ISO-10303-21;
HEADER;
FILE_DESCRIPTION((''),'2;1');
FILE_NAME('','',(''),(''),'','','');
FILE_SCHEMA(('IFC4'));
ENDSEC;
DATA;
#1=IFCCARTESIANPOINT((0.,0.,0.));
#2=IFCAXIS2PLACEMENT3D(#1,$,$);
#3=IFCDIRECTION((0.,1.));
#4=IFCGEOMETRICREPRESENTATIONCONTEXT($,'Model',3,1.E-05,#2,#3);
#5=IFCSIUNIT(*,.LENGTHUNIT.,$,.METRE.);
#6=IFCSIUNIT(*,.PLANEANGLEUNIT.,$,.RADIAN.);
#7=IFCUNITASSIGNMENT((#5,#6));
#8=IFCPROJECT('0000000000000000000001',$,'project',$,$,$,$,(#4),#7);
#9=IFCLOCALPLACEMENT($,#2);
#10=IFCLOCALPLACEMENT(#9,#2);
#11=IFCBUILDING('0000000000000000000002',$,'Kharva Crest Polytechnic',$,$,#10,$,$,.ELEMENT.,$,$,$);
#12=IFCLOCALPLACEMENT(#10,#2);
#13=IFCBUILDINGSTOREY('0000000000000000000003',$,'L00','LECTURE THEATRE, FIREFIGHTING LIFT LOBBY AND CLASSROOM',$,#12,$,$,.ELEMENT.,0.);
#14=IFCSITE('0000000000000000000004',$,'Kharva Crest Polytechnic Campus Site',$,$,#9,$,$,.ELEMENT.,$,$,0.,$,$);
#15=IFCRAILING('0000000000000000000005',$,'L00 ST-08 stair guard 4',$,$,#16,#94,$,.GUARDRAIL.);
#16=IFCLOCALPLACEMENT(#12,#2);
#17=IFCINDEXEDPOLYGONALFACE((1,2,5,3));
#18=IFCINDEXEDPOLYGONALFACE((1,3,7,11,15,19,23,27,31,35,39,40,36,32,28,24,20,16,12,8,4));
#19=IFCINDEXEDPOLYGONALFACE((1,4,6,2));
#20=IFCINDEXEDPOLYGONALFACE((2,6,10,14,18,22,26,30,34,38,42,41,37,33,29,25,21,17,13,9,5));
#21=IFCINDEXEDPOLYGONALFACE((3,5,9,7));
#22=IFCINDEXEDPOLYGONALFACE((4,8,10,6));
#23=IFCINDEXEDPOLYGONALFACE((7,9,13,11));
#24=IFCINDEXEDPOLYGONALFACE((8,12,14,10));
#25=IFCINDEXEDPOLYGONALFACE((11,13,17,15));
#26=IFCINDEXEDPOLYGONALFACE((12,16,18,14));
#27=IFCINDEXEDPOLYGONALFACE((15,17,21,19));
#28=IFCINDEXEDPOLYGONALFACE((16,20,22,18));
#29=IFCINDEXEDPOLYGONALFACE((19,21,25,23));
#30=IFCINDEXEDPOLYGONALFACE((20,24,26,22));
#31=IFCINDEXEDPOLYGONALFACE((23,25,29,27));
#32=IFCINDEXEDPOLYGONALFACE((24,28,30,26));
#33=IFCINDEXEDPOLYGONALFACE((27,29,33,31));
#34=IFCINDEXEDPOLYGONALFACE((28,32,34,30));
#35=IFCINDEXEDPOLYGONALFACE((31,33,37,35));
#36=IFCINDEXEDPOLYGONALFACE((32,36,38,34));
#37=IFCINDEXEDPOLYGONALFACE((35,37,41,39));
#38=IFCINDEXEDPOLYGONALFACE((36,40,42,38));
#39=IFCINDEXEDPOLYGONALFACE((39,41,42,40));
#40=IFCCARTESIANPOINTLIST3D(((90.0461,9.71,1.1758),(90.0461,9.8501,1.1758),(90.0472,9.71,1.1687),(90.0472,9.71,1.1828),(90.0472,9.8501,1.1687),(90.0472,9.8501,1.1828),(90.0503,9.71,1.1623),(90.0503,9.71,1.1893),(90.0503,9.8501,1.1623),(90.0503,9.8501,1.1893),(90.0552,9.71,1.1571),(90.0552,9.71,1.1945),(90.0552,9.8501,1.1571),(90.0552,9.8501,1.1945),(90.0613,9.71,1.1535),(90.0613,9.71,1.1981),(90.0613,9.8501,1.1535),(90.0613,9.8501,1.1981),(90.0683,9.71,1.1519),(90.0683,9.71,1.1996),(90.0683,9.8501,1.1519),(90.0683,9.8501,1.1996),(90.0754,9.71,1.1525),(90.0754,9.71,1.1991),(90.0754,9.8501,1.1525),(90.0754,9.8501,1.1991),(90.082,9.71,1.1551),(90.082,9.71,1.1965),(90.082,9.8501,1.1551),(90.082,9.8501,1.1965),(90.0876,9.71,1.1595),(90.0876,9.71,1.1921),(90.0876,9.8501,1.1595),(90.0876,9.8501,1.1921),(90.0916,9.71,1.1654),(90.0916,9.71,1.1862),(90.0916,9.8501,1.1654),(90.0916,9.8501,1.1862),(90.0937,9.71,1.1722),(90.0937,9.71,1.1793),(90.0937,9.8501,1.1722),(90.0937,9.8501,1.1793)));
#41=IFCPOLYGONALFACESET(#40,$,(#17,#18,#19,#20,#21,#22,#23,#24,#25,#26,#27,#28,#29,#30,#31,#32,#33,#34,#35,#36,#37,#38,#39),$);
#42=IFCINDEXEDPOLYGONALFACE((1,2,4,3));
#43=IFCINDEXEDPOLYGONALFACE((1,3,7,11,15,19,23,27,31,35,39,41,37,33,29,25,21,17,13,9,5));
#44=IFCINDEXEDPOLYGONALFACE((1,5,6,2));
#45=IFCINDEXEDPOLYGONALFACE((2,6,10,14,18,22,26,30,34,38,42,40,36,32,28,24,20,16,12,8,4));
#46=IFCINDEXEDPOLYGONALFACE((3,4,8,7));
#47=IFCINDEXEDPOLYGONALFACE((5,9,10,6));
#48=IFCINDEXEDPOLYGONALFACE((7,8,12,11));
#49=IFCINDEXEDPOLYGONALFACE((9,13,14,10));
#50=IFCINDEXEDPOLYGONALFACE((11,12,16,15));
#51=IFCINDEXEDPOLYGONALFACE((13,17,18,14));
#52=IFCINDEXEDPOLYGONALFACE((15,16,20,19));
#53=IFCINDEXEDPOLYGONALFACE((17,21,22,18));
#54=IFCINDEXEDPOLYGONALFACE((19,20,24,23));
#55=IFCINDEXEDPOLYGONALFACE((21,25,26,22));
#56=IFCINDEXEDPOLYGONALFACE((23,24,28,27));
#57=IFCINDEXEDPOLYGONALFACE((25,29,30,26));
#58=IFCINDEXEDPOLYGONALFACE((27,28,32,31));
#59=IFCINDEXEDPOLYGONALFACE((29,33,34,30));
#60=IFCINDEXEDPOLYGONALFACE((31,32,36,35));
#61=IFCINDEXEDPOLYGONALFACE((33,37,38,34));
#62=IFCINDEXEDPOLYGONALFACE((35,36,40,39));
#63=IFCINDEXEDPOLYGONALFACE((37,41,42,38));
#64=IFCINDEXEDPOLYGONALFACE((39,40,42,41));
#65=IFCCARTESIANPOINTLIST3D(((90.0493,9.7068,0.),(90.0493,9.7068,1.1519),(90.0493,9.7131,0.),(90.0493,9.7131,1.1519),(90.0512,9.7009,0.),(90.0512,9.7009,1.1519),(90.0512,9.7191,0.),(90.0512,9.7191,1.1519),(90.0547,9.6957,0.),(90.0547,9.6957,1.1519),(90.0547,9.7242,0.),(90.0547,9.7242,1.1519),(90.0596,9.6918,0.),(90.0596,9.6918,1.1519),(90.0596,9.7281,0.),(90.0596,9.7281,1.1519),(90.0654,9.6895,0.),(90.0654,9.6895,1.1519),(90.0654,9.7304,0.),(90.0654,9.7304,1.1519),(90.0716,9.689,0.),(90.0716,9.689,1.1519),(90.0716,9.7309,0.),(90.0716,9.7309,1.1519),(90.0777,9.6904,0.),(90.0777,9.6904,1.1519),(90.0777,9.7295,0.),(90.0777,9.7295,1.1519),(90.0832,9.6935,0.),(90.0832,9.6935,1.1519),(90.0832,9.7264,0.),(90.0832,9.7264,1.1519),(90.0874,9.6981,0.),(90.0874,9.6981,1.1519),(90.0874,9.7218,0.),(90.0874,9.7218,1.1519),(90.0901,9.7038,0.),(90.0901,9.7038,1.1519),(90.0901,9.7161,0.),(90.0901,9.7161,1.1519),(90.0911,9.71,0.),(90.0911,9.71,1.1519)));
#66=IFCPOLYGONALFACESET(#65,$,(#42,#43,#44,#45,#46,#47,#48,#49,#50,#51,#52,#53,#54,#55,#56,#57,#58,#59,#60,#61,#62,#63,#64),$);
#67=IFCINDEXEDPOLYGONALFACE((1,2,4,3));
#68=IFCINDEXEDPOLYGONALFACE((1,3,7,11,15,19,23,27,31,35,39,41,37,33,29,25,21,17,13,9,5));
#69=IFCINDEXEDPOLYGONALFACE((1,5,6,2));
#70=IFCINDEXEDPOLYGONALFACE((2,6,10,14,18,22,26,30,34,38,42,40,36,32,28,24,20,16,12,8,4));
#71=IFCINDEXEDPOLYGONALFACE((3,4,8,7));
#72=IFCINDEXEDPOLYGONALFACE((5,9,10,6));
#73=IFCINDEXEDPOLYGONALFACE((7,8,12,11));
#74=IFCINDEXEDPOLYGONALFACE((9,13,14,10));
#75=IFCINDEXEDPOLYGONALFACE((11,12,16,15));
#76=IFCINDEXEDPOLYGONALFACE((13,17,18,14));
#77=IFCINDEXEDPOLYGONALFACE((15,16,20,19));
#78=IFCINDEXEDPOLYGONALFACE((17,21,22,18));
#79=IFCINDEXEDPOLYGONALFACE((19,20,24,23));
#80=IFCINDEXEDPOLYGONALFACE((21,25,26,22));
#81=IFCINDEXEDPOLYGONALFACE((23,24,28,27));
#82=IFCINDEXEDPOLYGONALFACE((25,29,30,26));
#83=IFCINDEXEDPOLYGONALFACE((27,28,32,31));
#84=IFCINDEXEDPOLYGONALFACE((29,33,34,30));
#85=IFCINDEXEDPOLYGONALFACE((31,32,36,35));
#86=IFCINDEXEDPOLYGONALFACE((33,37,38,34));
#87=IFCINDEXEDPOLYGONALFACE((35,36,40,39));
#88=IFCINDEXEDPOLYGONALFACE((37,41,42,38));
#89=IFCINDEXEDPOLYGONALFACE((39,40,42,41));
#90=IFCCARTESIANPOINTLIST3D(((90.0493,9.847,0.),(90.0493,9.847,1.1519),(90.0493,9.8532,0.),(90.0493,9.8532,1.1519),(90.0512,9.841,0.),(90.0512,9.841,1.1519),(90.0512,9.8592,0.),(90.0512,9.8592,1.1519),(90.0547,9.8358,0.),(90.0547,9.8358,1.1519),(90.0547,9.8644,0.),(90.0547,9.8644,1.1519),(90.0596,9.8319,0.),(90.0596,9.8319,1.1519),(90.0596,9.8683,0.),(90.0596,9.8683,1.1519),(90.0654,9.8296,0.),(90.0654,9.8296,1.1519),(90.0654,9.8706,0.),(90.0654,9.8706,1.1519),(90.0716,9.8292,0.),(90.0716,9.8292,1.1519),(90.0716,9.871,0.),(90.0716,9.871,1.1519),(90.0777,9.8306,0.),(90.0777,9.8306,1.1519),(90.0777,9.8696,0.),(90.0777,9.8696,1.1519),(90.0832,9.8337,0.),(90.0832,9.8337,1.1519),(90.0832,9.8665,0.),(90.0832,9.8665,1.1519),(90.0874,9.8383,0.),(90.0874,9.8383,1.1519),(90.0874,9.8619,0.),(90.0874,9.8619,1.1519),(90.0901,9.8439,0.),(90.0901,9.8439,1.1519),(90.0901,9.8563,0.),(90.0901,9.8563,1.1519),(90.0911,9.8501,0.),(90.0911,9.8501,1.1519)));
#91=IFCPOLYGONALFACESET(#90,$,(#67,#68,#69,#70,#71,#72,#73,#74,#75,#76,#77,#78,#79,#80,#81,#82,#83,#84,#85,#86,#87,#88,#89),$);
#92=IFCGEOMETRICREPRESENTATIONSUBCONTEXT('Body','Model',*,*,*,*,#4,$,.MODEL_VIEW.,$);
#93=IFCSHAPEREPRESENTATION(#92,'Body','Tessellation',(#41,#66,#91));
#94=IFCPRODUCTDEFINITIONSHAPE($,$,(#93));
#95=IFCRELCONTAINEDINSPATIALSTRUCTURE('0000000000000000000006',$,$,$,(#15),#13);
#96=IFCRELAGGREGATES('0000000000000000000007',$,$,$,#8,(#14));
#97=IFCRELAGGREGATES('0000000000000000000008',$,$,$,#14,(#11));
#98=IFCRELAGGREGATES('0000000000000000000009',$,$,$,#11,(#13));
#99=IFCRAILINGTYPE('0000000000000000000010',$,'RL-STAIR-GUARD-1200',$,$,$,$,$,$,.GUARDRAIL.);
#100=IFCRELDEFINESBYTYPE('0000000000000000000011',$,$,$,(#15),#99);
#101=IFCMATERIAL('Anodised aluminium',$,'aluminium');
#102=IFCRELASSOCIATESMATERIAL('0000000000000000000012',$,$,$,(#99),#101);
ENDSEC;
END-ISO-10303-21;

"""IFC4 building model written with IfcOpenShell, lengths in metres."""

from ifc_helpers import new_model, si_unit, direction, frame, origin, origin_2d, place, context, subcontext, project, spatial, circle, extrude, material, type_object, element, save


model = new_model("IFC4")

# Units and contexts
model_context = context("Model", 3, precision=1e-05, world=origin(), true_north=direction((0.0, 1.0)))
body_context = subcontext(model_context, "Body", "Model", "MODEL_VIEW")
ifc_project = project(units=[si_unit("LENGTHUNIT", "METRE"), si_unit("PLANEANGLEUNIT", "RADIAN")], contexts=[model_context])

# Site, building, storey
site_placement = place(None, origin())
site = spatial("IfcSite", under=ifc_project, at=site_placement, Name="Kharva Crest Polytechnic Campus Site", CompositionType="ELEMENT", RefElevation=0.0)
building_placement = place(site_placement, origin())
building = spatial("IfcBuilding", under=site, at=building_placement, Name="Kharva Crest Polytechnic", CompositionType="ELEMENT")
storey_placement = place(building_placement, origin())
storey = spatial("IfcBuildingStorey", under=building, at=storey_placement, Name="L00", Description="LECTURE THEATRE, FIREFIGHTING LIFT LOBBY AND CLASSROOM", CompositionType="ELEMENT", Elevation=0.0)

# Shared definitions
ifc_material_1 = material(Name="Anodised aluminium", Category="aluminium")

# Railing
railing_type_1 = type_object("IfcRailingType", Name="RL-STAIR-GUARD-1200", PredefinedType="GUARDRAIL", material=ifc_material_1)
railing_1_placement = place(storey_placement, frame((90.0701, 9.71, 0.0)))
element("IfcRailing", 1, at=railing_1_placement, inside=storey, type_object=railing_type_1, Name="L00 ST-08 stair guard 4", PredefinedType="GUARDRAIL", context=body_context, shape_type="SweptSolid", body=[
    extrude(circle(Radius=0.0239, at=origin_2d()), frame((0.0, 0.0, 1.1758), z_axis=(0.0, 1.0, 0.0), x_axis=(-1.0, 0.0, 0.0)), (0.0, 0.0, 1.0), 0.1401),
    extrude(circle(Radius=0.021, at=origin_2d()), origin(), (0.0, 0.0, 1.0), 1.1519),
    extrude(circle(Radius=0.021, at=origin_2d()), frame((0.0, 0.1401, 0.0)), (0.0, 0.0, 1.0), 1.1519),
])

save(model, "model.ifc")
